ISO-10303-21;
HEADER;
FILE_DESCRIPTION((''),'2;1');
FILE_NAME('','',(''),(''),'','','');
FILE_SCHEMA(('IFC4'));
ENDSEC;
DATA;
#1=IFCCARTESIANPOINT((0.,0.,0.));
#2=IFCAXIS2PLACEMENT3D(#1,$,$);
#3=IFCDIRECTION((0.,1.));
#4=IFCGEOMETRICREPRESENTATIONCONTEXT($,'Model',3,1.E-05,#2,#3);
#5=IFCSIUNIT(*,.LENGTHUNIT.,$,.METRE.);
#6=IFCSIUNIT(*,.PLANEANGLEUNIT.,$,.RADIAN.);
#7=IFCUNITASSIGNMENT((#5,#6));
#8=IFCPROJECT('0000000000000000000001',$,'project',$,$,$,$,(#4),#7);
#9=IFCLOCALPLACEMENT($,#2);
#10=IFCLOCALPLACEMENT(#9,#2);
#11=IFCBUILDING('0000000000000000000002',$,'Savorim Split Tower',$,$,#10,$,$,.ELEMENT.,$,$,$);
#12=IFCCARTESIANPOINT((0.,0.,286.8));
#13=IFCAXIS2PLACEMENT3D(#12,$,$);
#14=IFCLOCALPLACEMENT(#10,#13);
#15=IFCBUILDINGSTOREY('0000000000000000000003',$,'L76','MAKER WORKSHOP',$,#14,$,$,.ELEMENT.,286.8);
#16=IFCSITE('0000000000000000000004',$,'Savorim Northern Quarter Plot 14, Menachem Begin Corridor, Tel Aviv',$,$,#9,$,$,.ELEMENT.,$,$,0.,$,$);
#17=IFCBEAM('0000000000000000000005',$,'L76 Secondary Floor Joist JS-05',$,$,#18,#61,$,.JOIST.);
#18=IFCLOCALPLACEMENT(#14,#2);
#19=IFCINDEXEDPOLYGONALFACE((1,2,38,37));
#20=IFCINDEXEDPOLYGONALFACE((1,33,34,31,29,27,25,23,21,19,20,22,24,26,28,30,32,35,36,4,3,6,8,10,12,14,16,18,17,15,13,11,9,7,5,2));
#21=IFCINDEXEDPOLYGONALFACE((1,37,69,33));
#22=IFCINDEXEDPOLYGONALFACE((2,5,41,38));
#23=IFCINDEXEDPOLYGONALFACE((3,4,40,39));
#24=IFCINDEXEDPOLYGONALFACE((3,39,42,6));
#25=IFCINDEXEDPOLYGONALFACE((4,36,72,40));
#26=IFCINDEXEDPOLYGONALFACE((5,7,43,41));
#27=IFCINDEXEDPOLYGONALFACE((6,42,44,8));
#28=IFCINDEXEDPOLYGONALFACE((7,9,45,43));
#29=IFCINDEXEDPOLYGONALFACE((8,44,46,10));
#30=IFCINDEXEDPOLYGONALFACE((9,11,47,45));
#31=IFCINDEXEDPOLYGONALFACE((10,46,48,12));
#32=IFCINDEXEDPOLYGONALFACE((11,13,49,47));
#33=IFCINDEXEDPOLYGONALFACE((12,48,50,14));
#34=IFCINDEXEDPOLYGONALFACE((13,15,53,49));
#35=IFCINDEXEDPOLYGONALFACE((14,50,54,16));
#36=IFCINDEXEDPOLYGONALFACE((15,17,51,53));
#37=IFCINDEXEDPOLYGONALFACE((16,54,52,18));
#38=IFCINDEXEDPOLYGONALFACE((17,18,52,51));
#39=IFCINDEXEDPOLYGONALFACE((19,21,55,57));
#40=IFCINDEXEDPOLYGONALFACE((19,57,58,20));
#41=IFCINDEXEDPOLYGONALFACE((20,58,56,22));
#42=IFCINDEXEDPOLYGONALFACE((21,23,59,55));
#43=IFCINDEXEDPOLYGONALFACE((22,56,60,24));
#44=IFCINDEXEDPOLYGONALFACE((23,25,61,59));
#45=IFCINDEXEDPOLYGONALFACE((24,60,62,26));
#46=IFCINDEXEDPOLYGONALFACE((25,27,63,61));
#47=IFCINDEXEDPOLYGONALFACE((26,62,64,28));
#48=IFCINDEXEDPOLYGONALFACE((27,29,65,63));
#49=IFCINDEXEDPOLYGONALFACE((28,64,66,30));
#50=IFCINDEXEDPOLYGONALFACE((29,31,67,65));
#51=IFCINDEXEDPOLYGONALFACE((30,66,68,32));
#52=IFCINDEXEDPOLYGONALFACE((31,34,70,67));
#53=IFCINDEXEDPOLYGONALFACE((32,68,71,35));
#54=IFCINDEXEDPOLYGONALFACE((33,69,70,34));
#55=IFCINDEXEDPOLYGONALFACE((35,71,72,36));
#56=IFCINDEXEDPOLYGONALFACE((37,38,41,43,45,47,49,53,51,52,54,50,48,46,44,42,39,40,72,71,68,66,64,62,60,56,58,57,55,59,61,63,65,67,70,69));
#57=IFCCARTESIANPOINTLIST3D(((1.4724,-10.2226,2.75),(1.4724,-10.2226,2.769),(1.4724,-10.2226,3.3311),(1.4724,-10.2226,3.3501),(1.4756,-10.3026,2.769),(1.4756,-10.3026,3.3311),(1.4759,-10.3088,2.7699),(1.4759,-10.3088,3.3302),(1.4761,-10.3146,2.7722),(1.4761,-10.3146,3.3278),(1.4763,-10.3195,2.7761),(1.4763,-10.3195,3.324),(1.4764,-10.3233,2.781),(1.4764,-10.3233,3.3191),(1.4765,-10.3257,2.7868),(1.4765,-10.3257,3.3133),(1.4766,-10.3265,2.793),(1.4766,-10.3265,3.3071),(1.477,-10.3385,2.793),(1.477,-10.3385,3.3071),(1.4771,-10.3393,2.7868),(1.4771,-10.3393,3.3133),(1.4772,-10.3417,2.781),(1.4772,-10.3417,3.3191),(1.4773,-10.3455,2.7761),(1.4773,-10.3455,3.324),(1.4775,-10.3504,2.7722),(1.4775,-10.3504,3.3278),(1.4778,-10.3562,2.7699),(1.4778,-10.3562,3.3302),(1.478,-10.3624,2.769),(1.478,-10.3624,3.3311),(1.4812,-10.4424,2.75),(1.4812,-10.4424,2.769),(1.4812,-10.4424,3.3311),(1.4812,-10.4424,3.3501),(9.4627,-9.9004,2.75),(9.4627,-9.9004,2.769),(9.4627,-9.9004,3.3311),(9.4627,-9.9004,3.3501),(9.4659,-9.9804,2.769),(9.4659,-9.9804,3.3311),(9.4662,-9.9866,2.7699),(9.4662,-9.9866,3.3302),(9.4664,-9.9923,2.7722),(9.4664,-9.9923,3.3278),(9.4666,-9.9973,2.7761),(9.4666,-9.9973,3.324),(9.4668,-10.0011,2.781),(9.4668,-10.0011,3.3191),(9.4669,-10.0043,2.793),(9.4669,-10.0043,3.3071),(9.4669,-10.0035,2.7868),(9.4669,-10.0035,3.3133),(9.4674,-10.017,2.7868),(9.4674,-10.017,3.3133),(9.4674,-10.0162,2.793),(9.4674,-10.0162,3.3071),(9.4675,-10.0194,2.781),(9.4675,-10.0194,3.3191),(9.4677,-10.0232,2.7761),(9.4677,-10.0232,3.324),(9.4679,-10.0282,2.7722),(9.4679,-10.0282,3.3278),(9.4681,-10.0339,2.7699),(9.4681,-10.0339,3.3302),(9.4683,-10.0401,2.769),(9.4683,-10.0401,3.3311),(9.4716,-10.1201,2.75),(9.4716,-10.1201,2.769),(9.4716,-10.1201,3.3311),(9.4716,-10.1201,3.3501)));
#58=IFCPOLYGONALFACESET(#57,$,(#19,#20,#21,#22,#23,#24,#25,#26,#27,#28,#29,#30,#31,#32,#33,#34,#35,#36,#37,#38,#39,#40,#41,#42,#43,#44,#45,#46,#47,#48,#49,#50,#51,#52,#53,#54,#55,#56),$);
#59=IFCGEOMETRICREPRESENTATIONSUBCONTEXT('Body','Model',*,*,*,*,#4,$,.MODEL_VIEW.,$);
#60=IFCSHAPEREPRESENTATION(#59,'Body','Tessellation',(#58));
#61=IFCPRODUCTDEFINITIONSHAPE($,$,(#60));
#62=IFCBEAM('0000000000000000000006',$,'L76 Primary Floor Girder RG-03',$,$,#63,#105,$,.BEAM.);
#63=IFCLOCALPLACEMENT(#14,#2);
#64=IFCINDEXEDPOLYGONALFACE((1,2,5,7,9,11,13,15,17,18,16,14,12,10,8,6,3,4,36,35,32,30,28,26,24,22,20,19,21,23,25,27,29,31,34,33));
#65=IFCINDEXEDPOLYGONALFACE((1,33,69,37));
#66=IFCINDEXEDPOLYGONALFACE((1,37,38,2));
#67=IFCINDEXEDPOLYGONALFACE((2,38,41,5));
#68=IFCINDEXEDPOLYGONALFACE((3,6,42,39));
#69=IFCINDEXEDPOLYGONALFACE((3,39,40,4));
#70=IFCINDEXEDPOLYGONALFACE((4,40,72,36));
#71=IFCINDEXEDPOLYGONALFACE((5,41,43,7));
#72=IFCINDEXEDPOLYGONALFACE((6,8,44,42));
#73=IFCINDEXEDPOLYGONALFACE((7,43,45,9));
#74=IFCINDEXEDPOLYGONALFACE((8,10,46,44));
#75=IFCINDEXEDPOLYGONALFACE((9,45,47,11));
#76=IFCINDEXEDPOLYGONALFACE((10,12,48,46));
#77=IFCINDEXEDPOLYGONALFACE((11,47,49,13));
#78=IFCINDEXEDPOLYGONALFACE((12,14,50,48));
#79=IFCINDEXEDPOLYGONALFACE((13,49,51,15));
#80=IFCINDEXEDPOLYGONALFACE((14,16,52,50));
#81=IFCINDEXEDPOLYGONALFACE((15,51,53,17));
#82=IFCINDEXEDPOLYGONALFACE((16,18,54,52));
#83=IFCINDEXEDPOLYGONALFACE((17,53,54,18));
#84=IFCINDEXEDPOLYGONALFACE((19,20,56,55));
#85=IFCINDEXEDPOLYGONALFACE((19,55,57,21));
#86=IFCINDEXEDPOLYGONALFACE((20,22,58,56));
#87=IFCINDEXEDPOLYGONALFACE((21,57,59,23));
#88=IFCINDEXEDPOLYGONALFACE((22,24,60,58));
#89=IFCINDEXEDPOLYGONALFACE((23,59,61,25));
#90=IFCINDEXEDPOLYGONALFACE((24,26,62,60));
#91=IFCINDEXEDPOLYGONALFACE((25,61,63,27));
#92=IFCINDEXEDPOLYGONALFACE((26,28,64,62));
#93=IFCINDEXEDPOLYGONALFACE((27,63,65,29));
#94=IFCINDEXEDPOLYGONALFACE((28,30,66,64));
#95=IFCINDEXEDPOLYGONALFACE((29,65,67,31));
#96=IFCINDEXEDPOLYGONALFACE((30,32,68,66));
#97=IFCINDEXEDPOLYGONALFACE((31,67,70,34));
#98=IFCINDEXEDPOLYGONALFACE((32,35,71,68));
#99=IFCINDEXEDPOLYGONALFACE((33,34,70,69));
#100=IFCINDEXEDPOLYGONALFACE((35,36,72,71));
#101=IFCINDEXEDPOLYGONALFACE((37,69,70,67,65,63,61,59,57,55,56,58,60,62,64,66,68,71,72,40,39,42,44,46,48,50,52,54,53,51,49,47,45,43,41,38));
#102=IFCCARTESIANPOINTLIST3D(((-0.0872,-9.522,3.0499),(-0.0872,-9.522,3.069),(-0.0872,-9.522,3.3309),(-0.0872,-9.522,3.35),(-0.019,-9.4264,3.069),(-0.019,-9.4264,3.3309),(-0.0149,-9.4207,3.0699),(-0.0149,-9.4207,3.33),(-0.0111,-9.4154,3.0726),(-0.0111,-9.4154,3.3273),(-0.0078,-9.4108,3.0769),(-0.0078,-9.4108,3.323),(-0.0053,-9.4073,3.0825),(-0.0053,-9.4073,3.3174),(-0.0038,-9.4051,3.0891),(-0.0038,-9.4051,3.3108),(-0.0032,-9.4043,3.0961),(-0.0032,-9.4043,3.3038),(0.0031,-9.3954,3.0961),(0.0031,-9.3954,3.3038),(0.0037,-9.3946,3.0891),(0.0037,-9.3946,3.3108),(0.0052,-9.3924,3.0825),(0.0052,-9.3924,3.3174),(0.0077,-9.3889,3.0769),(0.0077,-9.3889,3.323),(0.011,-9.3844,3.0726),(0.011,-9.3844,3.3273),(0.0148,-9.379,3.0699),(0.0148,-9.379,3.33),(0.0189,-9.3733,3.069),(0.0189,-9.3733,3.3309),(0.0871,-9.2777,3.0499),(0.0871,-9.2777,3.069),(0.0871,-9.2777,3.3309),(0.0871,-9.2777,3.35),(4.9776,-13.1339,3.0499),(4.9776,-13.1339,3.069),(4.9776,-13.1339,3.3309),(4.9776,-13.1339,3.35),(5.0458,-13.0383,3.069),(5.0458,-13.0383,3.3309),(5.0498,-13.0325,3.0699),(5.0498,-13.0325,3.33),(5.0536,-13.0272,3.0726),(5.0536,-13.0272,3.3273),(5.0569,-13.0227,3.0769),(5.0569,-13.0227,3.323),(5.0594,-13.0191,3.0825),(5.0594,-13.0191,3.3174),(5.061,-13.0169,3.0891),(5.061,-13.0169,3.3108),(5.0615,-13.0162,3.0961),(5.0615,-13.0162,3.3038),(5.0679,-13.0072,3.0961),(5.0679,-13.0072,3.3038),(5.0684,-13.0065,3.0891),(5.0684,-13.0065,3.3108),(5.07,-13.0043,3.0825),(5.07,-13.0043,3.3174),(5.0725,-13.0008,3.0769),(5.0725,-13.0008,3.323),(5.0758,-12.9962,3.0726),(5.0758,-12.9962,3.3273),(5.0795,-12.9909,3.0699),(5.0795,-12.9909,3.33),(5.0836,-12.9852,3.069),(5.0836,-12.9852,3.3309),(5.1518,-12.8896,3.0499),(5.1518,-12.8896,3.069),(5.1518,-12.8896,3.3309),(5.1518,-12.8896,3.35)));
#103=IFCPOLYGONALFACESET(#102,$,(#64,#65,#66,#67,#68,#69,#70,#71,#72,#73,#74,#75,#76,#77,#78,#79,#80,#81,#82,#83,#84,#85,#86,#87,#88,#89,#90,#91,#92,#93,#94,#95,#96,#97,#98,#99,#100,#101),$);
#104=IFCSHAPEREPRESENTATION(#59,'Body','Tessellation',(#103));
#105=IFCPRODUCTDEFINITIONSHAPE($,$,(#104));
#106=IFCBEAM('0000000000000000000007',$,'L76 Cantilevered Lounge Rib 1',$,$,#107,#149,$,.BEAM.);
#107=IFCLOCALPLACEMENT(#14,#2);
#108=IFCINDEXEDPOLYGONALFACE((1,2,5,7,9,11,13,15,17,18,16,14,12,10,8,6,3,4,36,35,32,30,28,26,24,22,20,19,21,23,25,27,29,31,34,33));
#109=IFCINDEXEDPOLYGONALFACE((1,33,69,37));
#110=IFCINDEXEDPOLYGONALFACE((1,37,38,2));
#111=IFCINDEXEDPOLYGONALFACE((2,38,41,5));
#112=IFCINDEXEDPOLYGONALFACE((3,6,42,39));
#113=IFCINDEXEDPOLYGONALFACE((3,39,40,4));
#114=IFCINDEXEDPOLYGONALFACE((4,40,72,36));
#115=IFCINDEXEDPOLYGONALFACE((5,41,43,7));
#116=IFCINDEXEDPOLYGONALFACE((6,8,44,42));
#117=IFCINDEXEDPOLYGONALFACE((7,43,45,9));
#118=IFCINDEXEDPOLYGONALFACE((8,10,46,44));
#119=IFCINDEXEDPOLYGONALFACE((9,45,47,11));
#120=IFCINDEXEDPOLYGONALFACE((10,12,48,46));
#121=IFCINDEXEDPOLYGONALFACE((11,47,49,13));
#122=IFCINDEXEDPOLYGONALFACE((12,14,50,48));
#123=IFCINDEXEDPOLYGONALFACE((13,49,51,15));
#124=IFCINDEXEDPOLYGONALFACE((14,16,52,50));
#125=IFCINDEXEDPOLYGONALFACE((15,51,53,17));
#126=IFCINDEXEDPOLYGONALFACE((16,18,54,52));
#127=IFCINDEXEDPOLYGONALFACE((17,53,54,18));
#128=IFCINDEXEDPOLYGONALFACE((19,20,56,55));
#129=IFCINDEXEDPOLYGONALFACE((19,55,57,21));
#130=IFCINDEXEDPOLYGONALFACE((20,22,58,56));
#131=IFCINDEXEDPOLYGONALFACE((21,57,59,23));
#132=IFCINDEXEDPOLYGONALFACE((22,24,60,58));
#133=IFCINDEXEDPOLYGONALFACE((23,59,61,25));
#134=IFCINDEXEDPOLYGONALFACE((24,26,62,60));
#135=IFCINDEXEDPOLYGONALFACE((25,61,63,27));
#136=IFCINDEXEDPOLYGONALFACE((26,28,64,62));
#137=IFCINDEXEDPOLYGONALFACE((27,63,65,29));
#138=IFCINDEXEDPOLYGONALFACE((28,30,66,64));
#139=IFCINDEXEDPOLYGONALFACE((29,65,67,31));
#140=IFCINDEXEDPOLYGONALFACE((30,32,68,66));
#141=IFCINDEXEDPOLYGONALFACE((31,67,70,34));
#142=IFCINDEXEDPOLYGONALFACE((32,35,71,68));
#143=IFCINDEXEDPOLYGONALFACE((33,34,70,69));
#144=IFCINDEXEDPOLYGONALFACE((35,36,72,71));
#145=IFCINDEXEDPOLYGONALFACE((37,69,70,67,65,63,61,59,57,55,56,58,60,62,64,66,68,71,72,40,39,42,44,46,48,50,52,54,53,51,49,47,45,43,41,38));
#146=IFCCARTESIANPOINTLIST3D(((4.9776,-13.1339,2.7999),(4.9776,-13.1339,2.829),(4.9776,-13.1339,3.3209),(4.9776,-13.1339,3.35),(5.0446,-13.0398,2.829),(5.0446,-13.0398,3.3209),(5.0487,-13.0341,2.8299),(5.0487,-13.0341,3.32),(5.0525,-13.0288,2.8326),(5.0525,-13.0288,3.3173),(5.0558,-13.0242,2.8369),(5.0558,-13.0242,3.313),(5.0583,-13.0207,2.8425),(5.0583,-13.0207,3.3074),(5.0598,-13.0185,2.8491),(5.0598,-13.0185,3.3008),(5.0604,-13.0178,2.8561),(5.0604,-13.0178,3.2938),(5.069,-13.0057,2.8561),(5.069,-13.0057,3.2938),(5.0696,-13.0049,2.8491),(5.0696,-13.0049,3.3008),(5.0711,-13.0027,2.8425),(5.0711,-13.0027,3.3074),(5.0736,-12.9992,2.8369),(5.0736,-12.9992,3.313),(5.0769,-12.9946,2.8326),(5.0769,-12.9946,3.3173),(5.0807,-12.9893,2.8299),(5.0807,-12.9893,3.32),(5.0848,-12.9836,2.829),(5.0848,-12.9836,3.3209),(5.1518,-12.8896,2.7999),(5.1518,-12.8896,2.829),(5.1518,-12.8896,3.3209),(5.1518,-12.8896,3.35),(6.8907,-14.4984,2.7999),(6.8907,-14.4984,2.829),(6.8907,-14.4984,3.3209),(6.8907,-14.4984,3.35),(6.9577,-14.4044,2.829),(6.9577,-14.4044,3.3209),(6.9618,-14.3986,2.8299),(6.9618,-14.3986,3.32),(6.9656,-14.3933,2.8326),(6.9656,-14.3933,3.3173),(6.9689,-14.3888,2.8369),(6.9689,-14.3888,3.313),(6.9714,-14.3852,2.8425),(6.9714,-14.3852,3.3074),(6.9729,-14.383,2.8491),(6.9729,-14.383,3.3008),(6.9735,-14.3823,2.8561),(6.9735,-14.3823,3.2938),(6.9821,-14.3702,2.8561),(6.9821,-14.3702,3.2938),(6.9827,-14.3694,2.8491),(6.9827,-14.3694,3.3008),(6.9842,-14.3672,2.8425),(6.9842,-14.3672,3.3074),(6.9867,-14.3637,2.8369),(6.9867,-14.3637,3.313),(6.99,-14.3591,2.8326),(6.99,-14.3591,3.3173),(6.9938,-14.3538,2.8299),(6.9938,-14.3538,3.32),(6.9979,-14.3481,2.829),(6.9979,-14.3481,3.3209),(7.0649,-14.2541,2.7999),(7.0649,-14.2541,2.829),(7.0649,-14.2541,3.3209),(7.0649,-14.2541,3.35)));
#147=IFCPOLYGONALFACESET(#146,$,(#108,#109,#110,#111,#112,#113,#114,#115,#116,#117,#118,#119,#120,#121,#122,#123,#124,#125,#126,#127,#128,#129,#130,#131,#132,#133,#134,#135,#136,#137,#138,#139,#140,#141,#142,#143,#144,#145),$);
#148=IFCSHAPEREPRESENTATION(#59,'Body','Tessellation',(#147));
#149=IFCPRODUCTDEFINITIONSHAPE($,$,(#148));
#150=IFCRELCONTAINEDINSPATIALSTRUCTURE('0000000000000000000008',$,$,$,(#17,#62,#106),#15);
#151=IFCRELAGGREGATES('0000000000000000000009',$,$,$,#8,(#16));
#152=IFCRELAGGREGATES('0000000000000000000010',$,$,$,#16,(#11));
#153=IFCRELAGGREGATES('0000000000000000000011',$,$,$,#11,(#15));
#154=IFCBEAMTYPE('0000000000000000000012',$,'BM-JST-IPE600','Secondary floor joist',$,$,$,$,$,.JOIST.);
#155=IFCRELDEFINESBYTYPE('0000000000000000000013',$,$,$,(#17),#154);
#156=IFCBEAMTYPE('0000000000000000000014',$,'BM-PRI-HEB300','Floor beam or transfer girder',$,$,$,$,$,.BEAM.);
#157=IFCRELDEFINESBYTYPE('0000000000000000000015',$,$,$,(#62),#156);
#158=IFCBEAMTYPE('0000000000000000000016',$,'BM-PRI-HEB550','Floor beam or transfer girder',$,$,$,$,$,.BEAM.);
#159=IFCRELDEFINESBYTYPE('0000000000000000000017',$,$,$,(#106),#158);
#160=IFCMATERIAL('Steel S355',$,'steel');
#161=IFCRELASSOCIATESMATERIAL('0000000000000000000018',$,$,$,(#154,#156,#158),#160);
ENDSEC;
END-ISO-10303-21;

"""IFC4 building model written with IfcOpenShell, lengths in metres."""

from ifc_helpers import new_model, si_unit, direction, frame, origin, origin_2d, place, context, subcontext, project, spatial, i_section, extrude, material, material_profile, profile_set, type_object, element, save


model = new_model("IFC4")

# Units and contexts
model_context = context("Model", 3, precision=1e-05, world=origin(), true_north=direction((0.0, 1.0)))
body_context = subcontext(model_context, "Body", "Model", "MODEL_VIEW")
ifc_project = project(units=[si_unit("LENGTHUNIT", "METRE"), si_unit("PLANEANGLEUNIT", "RADIAN")], contexts=[model_context])

# Site, building, storey
site_placement = place(None, origin())
site = spatial("IfcSite", under=ifc_project, at=site_placement, Name="Savorim Northern Quarter Plot 14, Menachem Begin Corridor, Tel Aviv", CompositionType="ELEMENT", RefElevation=0.0)
building_placement = place(site_placement, origin())
building = spatial("IfcBuilding", under=site, at=building_placement, Name="Savorim Split Tower", CompositionType="ELEMENT")
storey_placement = place(building_placement, frame((0.0, 0.0, 286.8)))
storey = spatial("IfcBuildingStorey", under=building, at=storey_placement, Name="L76", Description="MAKER WORKSHOP", CompositionType="ELEMENT", Elevation=286.8)

# Shared definitions
ifc_material_1 = material(Name="Steel S355", Category="steel")

# Beams
ifc_material_profile_1 = material_profile(ifc_material_1, i_section(OverallWidth=0.22, OverallDepth=0.6001, WebThickness=0.012, FlangeThickness=0.019, FilletRadius=0.0239, at=origin_2d()), Name="IPE 600")
ifc_profile_set_1 = profile_set([ifc_material_profile_1], Name="Steel S355")
beam_type_1 = type_object("IfcBeamType", Name="BM-JST-IPE600", Description="Secondary floor joist", PredefinedType="JOIST", material=ifc_profile_set_1)
beam_1_placement = place(storey_placement, frame((1.4768, -10.3325, 3.05), z_axis=(0.999188, 0.0403, 0.0), x_axis=(-0.0403, 0.999188, 0.0)))
element("IfcBeam", 1, at=beam_1_placement, inside=storey, type_object=beam_type_1, Name="L76 Secondary Floor Joist JS-05", PredefinedType="JOIST", context=body_context, shape_type="SweptSolid", body=[
    extrude(i_section(OverallWidth=0.22, OverallDepth=0.6001, WebThickness=0.012, FlangeThickness=0.019, FilletRadius=0.0239, at=origin_2d()), origin(), (0.0, 0.0, 1.0), 7.9968),
])
ifc_material_profile_2 = material_profile(ifc_material_1, i_section(OverallWidth=0.3, OverallDepth=0.3, WebThickness=0.011, FlangeThickness=0.019, FilletRadius=0.0271, at=origin_2d()), Name="HEB 300")
ifc_profile_set_2 = profile_set([ifc_material_profile_2], Name="Steel S355")
beam_type_2 = type_object("IfcBeamType", Name="BM-PRI-HEB300", Description="Floor beam or transfer girder", PredefinedType="BEAM", material=ifc_profile_set_2)
beam_2_placement = place(storey_placement, frame((5.0647, -13.0117, 3.2), z_axis=(-0.814176, 0.580618, 0.0), x_axis=(-0.580618, -0.814176, 0.0)))
element("IfcBeam", 2, at=beam_2_placement, inside=storey, type_object=beam_type_2, Name="L76 Primary Floor Girder RG-03", PredefinedType="BEAM", context=body_context, shape_type="SweptSolid", body=[
    extrude(i_section(OverallWidth=0.3, OverallDepth=0.3, WebThickness=0.011, FlangeThickness=0.019, FilletRadius=0.0271, at=origin_2d()), origin(), (0.0, 0.0, 1.0), 6.2207),
])
ifc_material_profile_3 = material_profile(ifc_material_1, i_section(OverallWidth=0.3, OverallDepth=0.55, WebThickness=0.0149, FlangeThickness=0.0291, FilletRadius=0.0271, at=origin_2d()), Name="HEB 550")
ifc_profile_set_3 = profile_set([ifc_material_profile_3], Name="Steel S355")
beam_type_3 = type_object("IfcBeamType", Name="BM-PRI-HEB550", Description="Floor beam or transfer girder", PredefinedType="BEAM", material=ifc_profile_set_3)
beam_3_placement = place(storey_placement, frame((5.0647, -13.0117, 3.075), z_axis=(0.814133, -0.580678, 0.0), x_axis=(0.580678, 0.814133, 0.0)))
element("IfcBeam", 3, at=beam_3_placement, inside=storey, type_object=beam_type_3, Name="L76 Cantilevered Lounge Rib 1", PredefinedType="BEAM", context=body_context, shape_type="SweptSolid", body=[
    extrude(i_section(OverallWidth=0.3, OverallDepth=0.55, WebThickness=0.0149, FlangeThickness=0.0291, FilletRadius=0.0271, at=origin_2d()), origin(), (0.0, 0.0, 1.0), 2.3499),
])

save(model, "model.ifc")
